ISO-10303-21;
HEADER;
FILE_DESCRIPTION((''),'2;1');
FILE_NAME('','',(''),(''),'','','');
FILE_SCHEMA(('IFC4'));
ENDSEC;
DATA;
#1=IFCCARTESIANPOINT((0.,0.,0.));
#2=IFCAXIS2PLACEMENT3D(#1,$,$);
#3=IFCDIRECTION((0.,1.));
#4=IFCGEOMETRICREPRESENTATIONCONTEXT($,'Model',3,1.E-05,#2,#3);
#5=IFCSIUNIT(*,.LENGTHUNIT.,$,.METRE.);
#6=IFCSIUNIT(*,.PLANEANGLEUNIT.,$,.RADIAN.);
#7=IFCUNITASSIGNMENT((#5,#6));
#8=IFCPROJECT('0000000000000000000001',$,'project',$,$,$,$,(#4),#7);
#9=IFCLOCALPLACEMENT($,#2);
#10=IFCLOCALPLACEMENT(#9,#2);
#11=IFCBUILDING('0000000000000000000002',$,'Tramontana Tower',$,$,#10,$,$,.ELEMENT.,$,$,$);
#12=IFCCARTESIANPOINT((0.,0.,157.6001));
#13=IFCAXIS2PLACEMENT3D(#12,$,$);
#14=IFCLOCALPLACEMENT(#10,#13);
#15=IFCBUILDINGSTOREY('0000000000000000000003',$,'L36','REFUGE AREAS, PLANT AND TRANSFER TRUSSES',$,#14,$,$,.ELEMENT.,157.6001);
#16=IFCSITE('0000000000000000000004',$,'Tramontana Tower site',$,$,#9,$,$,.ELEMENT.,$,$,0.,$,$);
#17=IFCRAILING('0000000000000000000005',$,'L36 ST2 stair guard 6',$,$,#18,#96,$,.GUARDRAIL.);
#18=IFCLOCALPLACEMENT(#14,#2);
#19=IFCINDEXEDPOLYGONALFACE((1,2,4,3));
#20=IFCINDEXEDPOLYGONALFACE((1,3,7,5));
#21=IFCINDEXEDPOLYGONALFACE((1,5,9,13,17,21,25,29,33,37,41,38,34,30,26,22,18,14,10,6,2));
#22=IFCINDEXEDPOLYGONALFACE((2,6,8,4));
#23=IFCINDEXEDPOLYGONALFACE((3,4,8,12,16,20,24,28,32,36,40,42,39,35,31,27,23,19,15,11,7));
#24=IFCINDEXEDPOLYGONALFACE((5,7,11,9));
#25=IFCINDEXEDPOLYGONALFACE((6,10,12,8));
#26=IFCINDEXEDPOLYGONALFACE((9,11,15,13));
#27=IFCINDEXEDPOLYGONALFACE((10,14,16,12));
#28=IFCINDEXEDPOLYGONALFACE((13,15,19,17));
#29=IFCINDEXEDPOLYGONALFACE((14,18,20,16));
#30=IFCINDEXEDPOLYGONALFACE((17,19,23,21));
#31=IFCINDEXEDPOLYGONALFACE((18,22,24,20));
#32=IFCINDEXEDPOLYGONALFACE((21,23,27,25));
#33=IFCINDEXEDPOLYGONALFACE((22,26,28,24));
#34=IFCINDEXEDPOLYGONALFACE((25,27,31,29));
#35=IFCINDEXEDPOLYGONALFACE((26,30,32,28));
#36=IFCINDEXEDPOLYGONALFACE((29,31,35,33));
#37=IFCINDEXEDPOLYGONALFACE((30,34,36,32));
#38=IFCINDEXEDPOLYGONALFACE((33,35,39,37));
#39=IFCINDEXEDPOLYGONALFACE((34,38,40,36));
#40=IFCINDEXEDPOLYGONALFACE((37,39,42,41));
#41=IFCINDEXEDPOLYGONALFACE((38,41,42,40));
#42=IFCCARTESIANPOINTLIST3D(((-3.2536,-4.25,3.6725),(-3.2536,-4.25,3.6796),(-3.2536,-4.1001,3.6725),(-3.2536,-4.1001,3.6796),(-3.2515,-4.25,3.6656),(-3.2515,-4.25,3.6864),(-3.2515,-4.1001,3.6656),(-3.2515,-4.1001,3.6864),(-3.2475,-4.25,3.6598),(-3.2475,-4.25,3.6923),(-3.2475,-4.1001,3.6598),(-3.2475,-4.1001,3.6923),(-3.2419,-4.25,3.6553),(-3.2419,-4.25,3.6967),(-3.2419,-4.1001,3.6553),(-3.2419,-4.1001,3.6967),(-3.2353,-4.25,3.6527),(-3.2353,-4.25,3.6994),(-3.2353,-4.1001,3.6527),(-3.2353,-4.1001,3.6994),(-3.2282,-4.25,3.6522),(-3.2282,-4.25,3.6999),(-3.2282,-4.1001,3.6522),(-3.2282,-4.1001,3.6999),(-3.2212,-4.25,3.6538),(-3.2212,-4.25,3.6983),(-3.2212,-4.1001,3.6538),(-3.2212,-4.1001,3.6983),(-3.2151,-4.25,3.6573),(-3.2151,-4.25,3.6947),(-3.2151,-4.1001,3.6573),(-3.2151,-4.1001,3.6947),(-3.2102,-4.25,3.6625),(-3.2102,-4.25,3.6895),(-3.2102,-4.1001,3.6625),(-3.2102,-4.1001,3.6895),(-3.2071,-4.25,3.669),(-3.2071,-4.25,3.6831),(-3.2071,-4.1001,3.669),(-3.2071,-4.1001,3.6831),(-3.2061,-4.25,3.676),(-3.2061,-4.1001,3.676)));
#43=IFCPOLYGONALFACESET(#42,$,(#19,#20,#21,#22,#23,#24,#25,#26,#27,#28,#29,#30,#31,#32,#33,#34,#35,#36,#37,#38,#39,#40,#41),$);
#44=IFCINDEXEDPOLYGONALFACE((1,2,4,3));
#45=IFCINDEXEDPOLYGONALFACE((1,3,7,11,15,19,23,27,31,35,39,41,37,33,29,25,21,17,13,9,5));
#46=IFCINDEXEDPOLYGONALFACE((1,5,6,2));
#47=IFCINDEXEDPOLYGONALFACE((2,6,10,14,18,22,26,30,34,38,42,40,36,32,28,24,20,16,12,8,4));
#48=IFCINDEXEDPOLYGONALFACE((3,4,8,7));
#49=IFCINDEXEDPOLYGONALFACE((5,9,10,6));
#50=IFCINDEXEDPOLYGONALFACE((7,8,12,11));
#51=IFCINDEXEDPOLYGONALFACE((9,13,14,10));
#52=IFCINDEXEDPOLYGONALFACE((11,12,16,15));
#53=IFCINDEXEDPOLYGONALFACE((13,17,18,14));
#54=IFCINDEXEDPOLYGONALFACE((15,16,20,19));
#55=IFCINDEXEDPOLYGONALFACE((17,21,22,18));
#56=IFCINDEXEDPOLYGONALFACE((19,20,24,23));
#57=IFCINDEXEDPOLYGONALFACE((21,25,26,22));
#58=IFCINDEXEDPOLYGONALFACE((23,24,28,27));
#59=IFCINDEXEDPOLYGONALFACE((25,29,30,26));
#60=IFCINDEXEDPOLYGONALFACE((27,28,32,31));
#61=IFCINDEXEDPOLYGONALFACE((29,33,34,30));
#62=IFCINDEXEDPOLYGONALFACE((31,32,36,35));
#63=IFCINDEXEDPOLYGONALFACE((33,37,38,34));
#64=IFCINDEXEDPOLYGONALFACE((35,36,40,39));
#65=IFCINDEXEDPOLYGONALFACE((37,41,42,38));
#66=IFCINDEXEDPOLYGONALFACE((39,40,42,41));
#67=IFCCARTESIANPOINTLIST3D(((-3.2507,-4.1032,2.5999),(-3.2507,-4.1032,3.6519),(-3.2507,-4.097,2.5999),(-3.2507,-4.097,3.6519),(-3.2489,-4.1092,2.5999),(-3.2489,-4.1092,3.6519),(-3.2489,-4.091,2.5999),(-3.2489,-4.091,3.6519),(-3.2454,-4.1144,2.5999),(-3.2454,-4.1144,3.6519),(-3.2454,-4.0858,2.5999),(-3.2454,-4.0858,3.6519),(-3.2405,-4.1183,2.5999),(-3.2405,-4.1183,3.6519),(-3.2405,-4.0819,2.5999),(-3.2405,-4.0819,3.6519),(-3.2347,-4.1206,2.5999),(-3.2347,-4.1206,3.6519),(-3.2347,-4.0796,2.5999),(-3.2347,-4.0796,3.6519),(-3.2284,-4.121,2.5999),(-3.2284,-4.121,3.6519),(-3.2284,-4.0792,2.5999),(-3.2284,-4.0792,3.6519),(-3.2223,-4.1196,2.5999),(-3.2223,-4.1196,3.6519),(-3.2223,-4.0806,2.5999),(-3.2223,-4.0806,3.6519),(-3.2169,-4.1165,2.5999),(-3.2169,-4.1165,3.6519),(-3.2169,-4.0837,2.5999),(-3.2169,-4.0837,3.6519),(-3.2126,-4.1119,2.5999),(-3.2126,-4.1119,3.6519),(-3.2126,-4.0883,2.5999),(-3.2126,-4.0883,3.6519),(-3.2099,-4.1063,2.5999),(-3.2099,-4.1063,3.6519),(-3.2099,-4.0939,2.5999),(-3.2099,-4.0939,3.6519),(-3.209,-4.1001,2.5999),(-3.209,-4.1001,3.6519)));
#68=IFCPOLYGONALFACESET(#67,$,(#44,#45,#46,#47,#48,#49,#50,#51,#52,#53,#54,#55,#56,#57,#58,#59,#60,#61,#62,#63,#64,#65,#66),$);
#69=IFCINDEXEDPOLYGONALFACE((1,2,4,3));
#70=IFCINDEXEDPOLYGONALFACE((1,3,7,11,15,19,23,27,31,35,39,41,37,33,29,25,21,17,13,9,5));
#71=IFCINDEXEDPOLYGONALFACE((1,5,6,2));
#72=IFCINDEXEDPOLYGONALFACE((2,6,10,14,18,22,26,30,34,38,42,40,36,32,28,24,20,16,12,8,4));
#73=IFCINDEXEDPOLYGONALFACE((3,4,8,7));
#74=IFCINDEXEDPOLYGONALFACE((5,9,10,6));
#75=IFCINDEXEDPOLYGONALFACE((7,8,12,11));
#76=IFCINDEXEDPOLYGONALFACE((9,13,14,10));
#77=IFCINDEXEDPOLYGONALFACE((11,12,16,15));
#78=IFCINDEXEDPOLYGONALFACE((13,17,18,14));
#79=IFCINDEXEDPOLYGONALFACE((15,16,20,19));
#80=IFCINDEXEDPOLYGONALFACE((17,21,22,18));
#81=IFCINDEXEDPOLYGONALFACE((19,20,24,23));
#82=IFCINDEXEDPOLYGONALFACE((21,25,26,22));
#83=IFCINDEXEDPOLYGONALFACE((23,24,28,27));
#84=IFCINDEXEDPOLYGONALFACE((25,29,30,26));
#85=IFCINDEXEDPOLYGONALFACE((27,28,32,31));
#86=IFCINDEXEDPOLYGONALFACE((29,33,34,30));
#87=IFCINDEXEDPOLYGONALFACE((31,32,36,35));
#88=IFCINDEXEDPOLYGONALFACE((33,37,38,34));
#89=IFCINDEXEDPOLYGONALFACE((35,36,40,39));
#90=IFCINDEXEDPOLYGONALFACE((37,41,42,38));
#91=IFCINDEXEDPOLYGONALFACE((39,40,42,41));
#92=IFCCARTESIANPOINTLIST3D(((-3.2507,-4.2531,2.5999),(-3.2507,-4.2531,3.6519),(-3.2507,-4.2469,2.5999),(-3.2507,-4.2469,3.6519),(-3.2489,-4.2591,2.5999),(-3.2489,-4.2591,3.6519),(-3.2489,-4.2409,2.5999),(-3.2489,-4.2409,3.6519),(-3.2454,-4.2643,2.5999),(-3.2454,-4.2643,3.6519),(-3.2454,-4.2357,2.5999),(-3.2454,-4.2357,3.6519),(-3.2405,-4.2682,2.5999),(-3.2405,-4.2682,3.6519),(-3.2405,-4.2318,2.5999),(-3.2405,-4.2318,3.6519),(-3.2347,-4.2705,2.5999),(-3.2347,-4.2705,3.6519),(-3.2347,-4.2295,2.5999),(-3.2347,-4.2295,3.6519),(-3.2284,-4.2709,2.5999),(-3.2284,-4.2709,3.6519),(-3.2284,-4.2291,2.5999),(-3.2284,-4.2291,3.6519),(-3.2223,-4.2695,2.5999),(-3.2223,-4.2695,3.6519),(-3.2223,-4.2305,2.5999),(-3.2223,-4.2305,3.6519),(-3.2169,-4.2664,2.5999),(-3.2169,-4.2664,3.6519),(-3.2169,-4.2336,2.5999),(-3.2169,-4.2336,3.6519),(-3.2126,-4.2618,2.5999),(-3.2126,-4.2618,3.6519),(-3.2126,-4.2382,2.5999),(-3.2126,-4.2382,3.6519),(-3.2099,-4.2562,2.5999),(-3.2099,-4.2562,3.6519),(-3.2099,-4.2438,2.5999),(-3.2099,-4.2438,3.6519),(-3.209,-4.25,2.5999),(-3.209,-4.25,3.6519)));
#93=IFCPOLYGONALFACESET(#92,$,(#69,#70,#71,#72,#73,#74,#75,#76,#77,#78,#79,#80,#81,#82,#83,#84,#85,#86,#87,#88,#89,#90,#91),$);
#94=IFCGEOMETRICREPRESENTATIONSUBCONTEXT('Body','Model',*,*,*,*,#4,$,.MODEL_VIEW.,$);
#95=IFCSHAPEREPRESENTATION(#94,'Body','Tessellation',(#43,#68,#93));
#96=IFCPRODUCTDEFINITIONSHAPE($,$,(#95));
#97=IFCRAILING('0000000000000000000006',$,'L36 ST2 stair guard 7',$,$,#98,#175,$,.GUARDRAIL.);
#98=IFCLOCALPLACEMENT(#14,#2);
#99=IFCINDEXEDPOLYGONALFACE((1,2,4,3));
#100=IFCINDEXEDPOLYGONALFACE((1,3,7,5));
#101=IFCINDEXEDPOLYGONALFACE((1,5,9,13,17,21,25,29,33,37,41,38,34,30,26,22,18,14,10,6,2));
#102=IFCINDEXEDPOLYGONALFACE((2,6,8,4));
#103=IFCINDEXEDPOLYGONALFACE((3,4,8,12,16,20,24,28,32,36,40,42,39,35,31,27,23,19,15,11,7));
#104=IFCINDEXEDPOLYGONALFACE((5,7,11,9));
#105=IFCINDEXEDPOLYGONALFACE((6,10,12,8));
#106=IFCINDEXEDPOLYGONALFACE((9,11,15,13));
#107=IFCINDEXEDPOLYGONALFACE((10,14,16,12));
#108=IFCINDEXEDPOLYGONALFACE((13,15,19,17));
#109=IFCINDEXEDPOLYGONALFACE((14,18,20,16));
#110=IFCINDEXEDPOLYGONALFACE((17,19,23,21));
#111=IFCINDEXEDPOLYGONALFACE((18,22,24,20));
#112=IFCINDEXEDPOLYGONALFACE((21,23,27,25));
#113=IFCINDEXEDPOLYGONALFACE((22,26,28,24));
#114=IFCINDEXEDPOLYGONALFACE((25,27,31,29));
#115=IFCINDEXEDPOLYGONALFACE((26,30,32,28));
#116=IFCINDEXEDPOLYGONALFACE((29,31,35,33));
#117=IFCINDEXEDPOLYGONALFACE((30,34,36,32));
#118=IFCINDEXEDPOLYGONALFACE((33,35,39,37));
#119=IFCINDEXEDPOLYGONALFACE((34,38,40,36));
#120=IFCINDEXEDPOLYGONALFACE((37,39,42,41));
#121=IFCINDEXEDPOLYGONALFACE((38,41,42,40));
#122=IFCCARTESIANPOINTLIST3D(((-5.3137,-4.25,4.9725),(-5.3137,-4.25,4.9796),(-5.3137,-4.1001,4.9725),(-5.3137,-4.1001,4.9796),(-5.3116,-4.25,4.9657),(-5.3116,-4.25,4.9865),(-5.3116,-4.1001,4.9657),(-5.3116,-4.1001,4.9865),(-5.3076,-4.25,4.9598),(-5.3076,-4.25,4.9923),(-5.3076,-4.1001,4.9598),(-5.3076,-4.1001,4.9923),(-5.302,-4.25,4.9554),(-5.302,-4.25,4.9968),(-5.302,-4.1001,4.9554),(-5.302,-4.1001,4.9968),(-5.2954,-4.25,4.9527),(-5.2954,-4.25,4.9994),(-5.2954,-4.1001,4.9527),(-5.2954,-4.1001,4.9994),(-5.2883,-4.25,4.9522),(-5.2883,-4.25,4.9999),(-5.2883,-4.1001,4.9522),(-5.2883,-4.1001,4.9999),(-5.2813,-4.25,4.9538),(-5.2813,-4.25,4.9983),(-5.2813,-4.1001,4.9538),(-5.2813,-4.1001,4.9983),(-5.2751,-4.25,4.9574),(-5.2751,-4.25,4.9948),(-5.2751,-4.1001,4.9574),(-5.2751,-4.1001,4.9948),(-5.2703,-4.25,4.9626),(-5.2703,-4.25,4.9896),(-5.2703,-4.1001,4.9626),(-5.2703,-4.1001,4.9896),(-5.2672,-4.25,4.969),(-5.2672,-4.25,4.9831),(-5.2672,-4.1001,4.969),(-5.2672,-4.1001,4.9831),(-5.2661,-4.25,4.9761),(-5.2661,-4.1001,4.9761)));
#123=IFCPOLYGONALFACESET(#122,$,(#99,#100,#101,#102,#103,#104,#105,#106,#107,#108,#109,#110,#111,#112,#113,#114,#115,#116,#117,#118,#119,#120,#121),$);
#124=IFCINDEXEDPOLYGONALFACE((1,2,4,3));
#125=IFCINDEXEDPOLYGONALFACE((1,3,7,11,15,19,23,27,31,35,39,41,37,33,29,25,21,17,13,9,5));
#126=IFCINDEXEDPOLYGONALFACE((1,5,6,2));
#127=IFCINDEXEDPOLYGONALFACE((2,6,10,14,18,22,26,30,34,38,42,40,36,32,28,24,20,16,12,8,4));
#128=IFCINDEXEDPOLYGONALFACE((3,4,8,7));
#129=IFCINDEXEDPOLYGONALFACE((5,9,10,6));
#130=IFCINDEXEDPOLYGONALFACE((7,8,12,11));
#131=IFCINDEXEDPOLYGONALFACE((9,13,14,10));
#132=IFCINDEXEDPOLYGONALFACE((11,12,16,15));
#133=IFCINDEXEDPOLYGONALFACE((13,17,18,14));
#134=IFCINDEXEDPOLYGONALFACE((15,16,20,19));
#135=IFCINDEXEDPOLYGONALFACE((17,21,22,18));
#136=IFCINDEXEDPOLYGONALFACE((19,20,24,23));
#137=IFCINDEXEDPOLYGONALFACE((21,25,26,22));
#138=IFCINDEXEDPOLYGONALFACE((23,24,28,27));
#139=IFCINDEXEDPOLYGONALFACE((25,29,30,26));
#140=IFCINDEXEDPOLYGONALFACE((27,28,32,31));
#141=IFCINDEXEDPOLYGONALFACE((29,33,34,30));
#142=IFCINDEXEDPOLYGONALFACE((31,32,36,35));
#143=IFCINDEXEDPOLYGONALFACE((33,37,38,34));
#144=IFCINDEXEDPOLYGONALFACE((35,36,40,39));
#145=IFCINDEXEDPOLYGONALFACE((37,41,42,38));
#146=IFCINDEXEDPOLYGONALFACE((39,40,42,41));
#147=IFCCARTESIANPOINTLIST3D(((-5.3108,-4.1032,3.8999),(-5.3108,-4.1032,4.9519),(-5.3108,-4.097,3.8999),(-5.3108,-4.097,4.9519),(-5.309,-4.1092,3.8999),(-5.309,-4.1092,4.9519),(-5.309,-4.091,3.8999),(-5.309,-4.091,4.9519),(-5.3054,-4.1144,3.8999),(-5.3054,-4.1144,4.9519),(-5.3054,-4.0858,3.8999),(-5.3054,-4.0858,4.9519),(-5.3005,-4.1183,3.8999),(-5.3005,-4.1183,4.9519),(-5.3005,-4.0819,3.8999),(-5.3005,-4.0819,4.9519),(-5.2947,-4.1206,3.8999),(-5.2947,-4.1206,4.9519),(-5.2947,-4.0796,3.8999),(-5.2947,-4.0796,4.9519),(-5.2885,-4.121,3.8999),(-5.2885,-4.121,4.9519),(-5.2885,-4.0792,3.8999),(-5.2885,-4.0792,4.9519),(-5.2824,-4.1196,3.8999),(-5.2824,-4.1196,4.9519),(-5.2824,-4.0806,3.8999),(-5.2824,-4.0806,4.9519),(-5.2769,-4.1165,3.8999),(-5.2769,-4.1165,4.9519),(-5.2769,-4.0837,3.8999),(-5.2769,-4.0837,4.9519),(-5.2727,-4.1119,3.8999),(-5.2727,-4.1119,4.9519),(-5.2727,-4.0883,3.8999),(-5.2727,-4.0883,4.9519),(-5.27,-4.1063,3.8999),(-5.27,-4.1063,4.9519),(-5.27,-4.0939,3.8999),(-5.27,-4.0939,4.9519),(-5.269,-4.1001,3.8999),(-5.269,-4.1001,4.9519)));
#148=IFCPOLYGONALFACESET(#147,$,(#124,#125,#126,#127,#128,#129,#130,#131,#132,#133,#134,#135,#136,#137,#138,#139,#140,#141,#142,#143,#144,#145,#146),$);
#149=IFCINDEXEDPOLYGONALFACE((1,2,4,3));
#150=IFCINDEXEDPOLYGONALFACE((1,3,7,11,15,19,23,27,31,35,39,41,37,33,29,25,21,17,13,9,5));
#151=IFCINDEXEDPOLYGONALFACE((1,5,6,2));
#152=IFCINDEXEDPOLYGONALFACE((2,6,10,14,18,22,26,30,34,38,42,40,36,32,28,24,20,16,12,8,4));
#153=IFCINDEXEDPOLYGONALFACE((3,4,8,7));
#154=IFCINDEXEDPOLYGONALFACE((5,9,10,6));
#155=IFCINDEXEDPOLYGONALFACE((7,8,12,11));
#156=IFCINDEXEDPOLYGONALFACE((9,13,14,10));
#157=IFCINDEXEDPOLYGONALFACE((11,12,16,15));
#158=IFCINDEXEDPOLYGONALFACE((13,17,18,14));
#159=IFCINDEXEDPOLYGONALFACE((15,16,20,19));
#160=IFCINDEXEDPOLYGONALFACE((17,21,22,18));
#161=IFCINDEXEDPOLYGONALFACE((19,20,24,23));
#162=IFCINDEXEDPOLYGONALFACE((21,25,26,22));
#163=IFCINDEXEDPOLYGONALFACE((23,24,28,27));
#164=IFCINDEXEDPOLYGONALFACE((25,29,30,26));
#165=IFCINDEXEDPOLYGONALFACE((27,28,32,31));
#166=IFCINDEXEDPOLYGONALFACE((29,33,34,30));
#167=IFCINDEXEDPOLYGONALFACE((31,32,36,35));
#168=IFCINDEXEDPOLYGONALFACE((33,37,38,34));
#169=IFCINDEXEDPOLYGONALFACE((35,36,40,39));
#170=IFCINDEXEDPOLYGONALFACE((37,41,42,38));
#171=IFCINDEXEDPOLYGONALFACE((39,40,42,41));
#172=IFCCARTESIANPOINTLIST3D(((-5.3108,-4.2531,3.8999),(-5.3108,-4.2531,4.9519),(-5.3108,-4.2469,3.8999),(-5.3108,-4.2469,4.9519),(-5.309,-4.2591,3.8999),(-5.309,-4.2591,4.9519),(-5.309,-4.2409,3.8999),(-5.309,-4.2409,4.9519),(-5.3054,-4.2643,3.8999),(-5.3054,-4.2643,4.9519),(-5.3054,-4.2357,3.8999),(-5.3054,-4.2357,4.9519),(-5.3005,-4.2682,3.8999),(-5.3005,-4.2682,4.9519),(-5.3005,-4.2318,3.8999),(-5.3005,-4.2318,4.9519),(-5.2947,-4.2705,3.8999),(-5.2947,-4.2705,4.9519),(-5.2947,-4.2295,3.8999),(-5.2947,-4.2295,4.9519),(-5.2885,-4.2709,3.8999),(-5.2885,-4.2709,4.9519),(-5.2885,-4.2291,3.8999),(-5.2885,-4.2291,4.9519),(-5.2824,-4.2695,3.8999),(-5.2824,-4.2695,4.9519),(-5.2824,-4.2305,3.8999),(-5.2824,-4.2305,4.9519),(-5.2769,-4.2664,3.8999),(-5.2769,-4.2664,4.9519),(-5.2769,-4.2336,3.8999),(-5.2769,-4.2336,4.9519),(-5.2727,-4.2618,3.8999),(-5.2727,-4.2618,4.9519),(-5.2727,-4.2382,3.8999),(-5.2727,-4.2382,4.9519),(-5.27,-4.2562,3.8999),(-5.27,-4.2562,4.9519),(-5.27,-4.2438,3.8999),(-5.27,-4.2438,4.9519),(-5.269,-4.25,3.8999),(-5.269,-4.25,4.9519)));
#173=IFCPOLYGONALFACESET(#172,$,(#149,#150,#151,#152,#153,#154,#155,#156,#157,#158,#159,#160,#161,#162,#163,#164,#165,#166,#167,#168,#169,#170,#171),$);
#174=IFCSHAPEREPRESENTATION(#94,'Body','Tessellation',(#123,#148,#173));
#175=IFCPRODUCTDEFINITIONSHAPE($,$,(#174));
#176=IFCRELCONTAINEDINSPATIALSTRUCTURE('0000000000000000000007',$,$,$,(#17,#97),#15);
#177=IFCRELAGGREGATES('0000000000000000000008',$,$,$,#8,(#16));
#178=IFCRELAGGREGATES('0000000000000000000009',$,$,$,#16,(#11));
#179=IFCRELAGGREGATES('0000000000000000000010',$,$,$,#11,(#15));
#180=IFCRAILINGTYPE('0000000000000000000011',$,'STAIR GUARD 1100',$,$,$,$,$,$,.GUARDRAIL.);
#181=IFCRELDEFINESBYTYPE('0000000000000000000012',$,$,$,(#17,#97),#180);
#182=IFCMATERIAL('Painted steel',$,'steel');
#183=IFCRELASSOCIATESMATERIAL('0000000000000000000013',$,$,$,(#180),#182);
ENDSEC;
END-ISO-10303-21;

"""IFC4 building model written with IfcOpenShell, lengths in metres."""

from ifc_helpers import new_model, si_unit, direction, frame, origin, origin_2d, place, context, subcontext, project, spatial, circle, extrude, material, type_object, element, save


model = new_model("IFC4")

# Units and contexts
model_context = context("Model", 3, precision=1e-05, world=origin(), true_north=direction((0.0, 1.0)))
body_context = subcontext(model_context, "Body", "Model", "MODEL_VIEW")
ifc_project = project(units=[si_unit("LENGTHUNIT", "METRE"), si_unit("PLANEANGLEUNIT", "RADIAN")], contexts=[model_context])

# Site, building, storey
site_placement = place(None, origin())
site = spatial("IfcSite", under=ifc_project, at=site_placement, Name="Tramontana Tower site", CompositionType="ELEMENT", RefElevation=0.0)
building_placement = place(site_placement, origin())
building = spatial("IfcBuilding", under=site, at=building_placement, Name="Tramontana Tower", CompositionType="ELEMENT")
storey_placement = place(building_placement, frame((0.0, 0.0, 157.6001)))
storey = spatial("IfcBuildingStorey", under=building, at=storey_placement, Name="L36", Description="REFUGE AREAS, PLANT AND TRANSFER TRUSSES", CompositionType="ELEMENT", Elevation=157.6001)

# Railings
ifc_material_1 = material(Name="Painted steel", Category="steel")
railing_type_1 = type_object("IfcRailingType", Name="STAIR GUARD 1100", PredefinedType="GUARDRAIL", material=ifc_material_1)
for number, where, name in (
    (1, (-3.23, -4.1001, 2.5999), "L36 ST2 stair guard 6"),
    (2, (-5.29, -4.1001, 3.8999), "L36 ST2 stair guard 7"),
):
    element("IfcRailing", number, at=place(storey_placement, frame(where)), inside=storey, type_object=railing_type_1, Name=name, PredefinedType="GUARDRAIL", context=body_context, shape_type="SweptSolid", body=[
        extrude(circle(Radius=0.0239, at=origin_2d()), frame((0.0, 0.0, 1.0762), z_axis=(0.0, -1.0, 0.0), x_axis=(1.0, 0.0, 0.0)), (0.0, 0.0, 1.0), 0.1499),
        extrude(circle(Radius=0.021, at=origin_2d()), origin(), (0.0, 0.0, 1.0), 1.052),
        extrude(circle(Radius=0.021, at=origin_2d()), frame((0.0, -0.1499, 0.0)), (0.0, 0.0, 1.0), 1.052),
    ])

save(model, "model.ifc")
